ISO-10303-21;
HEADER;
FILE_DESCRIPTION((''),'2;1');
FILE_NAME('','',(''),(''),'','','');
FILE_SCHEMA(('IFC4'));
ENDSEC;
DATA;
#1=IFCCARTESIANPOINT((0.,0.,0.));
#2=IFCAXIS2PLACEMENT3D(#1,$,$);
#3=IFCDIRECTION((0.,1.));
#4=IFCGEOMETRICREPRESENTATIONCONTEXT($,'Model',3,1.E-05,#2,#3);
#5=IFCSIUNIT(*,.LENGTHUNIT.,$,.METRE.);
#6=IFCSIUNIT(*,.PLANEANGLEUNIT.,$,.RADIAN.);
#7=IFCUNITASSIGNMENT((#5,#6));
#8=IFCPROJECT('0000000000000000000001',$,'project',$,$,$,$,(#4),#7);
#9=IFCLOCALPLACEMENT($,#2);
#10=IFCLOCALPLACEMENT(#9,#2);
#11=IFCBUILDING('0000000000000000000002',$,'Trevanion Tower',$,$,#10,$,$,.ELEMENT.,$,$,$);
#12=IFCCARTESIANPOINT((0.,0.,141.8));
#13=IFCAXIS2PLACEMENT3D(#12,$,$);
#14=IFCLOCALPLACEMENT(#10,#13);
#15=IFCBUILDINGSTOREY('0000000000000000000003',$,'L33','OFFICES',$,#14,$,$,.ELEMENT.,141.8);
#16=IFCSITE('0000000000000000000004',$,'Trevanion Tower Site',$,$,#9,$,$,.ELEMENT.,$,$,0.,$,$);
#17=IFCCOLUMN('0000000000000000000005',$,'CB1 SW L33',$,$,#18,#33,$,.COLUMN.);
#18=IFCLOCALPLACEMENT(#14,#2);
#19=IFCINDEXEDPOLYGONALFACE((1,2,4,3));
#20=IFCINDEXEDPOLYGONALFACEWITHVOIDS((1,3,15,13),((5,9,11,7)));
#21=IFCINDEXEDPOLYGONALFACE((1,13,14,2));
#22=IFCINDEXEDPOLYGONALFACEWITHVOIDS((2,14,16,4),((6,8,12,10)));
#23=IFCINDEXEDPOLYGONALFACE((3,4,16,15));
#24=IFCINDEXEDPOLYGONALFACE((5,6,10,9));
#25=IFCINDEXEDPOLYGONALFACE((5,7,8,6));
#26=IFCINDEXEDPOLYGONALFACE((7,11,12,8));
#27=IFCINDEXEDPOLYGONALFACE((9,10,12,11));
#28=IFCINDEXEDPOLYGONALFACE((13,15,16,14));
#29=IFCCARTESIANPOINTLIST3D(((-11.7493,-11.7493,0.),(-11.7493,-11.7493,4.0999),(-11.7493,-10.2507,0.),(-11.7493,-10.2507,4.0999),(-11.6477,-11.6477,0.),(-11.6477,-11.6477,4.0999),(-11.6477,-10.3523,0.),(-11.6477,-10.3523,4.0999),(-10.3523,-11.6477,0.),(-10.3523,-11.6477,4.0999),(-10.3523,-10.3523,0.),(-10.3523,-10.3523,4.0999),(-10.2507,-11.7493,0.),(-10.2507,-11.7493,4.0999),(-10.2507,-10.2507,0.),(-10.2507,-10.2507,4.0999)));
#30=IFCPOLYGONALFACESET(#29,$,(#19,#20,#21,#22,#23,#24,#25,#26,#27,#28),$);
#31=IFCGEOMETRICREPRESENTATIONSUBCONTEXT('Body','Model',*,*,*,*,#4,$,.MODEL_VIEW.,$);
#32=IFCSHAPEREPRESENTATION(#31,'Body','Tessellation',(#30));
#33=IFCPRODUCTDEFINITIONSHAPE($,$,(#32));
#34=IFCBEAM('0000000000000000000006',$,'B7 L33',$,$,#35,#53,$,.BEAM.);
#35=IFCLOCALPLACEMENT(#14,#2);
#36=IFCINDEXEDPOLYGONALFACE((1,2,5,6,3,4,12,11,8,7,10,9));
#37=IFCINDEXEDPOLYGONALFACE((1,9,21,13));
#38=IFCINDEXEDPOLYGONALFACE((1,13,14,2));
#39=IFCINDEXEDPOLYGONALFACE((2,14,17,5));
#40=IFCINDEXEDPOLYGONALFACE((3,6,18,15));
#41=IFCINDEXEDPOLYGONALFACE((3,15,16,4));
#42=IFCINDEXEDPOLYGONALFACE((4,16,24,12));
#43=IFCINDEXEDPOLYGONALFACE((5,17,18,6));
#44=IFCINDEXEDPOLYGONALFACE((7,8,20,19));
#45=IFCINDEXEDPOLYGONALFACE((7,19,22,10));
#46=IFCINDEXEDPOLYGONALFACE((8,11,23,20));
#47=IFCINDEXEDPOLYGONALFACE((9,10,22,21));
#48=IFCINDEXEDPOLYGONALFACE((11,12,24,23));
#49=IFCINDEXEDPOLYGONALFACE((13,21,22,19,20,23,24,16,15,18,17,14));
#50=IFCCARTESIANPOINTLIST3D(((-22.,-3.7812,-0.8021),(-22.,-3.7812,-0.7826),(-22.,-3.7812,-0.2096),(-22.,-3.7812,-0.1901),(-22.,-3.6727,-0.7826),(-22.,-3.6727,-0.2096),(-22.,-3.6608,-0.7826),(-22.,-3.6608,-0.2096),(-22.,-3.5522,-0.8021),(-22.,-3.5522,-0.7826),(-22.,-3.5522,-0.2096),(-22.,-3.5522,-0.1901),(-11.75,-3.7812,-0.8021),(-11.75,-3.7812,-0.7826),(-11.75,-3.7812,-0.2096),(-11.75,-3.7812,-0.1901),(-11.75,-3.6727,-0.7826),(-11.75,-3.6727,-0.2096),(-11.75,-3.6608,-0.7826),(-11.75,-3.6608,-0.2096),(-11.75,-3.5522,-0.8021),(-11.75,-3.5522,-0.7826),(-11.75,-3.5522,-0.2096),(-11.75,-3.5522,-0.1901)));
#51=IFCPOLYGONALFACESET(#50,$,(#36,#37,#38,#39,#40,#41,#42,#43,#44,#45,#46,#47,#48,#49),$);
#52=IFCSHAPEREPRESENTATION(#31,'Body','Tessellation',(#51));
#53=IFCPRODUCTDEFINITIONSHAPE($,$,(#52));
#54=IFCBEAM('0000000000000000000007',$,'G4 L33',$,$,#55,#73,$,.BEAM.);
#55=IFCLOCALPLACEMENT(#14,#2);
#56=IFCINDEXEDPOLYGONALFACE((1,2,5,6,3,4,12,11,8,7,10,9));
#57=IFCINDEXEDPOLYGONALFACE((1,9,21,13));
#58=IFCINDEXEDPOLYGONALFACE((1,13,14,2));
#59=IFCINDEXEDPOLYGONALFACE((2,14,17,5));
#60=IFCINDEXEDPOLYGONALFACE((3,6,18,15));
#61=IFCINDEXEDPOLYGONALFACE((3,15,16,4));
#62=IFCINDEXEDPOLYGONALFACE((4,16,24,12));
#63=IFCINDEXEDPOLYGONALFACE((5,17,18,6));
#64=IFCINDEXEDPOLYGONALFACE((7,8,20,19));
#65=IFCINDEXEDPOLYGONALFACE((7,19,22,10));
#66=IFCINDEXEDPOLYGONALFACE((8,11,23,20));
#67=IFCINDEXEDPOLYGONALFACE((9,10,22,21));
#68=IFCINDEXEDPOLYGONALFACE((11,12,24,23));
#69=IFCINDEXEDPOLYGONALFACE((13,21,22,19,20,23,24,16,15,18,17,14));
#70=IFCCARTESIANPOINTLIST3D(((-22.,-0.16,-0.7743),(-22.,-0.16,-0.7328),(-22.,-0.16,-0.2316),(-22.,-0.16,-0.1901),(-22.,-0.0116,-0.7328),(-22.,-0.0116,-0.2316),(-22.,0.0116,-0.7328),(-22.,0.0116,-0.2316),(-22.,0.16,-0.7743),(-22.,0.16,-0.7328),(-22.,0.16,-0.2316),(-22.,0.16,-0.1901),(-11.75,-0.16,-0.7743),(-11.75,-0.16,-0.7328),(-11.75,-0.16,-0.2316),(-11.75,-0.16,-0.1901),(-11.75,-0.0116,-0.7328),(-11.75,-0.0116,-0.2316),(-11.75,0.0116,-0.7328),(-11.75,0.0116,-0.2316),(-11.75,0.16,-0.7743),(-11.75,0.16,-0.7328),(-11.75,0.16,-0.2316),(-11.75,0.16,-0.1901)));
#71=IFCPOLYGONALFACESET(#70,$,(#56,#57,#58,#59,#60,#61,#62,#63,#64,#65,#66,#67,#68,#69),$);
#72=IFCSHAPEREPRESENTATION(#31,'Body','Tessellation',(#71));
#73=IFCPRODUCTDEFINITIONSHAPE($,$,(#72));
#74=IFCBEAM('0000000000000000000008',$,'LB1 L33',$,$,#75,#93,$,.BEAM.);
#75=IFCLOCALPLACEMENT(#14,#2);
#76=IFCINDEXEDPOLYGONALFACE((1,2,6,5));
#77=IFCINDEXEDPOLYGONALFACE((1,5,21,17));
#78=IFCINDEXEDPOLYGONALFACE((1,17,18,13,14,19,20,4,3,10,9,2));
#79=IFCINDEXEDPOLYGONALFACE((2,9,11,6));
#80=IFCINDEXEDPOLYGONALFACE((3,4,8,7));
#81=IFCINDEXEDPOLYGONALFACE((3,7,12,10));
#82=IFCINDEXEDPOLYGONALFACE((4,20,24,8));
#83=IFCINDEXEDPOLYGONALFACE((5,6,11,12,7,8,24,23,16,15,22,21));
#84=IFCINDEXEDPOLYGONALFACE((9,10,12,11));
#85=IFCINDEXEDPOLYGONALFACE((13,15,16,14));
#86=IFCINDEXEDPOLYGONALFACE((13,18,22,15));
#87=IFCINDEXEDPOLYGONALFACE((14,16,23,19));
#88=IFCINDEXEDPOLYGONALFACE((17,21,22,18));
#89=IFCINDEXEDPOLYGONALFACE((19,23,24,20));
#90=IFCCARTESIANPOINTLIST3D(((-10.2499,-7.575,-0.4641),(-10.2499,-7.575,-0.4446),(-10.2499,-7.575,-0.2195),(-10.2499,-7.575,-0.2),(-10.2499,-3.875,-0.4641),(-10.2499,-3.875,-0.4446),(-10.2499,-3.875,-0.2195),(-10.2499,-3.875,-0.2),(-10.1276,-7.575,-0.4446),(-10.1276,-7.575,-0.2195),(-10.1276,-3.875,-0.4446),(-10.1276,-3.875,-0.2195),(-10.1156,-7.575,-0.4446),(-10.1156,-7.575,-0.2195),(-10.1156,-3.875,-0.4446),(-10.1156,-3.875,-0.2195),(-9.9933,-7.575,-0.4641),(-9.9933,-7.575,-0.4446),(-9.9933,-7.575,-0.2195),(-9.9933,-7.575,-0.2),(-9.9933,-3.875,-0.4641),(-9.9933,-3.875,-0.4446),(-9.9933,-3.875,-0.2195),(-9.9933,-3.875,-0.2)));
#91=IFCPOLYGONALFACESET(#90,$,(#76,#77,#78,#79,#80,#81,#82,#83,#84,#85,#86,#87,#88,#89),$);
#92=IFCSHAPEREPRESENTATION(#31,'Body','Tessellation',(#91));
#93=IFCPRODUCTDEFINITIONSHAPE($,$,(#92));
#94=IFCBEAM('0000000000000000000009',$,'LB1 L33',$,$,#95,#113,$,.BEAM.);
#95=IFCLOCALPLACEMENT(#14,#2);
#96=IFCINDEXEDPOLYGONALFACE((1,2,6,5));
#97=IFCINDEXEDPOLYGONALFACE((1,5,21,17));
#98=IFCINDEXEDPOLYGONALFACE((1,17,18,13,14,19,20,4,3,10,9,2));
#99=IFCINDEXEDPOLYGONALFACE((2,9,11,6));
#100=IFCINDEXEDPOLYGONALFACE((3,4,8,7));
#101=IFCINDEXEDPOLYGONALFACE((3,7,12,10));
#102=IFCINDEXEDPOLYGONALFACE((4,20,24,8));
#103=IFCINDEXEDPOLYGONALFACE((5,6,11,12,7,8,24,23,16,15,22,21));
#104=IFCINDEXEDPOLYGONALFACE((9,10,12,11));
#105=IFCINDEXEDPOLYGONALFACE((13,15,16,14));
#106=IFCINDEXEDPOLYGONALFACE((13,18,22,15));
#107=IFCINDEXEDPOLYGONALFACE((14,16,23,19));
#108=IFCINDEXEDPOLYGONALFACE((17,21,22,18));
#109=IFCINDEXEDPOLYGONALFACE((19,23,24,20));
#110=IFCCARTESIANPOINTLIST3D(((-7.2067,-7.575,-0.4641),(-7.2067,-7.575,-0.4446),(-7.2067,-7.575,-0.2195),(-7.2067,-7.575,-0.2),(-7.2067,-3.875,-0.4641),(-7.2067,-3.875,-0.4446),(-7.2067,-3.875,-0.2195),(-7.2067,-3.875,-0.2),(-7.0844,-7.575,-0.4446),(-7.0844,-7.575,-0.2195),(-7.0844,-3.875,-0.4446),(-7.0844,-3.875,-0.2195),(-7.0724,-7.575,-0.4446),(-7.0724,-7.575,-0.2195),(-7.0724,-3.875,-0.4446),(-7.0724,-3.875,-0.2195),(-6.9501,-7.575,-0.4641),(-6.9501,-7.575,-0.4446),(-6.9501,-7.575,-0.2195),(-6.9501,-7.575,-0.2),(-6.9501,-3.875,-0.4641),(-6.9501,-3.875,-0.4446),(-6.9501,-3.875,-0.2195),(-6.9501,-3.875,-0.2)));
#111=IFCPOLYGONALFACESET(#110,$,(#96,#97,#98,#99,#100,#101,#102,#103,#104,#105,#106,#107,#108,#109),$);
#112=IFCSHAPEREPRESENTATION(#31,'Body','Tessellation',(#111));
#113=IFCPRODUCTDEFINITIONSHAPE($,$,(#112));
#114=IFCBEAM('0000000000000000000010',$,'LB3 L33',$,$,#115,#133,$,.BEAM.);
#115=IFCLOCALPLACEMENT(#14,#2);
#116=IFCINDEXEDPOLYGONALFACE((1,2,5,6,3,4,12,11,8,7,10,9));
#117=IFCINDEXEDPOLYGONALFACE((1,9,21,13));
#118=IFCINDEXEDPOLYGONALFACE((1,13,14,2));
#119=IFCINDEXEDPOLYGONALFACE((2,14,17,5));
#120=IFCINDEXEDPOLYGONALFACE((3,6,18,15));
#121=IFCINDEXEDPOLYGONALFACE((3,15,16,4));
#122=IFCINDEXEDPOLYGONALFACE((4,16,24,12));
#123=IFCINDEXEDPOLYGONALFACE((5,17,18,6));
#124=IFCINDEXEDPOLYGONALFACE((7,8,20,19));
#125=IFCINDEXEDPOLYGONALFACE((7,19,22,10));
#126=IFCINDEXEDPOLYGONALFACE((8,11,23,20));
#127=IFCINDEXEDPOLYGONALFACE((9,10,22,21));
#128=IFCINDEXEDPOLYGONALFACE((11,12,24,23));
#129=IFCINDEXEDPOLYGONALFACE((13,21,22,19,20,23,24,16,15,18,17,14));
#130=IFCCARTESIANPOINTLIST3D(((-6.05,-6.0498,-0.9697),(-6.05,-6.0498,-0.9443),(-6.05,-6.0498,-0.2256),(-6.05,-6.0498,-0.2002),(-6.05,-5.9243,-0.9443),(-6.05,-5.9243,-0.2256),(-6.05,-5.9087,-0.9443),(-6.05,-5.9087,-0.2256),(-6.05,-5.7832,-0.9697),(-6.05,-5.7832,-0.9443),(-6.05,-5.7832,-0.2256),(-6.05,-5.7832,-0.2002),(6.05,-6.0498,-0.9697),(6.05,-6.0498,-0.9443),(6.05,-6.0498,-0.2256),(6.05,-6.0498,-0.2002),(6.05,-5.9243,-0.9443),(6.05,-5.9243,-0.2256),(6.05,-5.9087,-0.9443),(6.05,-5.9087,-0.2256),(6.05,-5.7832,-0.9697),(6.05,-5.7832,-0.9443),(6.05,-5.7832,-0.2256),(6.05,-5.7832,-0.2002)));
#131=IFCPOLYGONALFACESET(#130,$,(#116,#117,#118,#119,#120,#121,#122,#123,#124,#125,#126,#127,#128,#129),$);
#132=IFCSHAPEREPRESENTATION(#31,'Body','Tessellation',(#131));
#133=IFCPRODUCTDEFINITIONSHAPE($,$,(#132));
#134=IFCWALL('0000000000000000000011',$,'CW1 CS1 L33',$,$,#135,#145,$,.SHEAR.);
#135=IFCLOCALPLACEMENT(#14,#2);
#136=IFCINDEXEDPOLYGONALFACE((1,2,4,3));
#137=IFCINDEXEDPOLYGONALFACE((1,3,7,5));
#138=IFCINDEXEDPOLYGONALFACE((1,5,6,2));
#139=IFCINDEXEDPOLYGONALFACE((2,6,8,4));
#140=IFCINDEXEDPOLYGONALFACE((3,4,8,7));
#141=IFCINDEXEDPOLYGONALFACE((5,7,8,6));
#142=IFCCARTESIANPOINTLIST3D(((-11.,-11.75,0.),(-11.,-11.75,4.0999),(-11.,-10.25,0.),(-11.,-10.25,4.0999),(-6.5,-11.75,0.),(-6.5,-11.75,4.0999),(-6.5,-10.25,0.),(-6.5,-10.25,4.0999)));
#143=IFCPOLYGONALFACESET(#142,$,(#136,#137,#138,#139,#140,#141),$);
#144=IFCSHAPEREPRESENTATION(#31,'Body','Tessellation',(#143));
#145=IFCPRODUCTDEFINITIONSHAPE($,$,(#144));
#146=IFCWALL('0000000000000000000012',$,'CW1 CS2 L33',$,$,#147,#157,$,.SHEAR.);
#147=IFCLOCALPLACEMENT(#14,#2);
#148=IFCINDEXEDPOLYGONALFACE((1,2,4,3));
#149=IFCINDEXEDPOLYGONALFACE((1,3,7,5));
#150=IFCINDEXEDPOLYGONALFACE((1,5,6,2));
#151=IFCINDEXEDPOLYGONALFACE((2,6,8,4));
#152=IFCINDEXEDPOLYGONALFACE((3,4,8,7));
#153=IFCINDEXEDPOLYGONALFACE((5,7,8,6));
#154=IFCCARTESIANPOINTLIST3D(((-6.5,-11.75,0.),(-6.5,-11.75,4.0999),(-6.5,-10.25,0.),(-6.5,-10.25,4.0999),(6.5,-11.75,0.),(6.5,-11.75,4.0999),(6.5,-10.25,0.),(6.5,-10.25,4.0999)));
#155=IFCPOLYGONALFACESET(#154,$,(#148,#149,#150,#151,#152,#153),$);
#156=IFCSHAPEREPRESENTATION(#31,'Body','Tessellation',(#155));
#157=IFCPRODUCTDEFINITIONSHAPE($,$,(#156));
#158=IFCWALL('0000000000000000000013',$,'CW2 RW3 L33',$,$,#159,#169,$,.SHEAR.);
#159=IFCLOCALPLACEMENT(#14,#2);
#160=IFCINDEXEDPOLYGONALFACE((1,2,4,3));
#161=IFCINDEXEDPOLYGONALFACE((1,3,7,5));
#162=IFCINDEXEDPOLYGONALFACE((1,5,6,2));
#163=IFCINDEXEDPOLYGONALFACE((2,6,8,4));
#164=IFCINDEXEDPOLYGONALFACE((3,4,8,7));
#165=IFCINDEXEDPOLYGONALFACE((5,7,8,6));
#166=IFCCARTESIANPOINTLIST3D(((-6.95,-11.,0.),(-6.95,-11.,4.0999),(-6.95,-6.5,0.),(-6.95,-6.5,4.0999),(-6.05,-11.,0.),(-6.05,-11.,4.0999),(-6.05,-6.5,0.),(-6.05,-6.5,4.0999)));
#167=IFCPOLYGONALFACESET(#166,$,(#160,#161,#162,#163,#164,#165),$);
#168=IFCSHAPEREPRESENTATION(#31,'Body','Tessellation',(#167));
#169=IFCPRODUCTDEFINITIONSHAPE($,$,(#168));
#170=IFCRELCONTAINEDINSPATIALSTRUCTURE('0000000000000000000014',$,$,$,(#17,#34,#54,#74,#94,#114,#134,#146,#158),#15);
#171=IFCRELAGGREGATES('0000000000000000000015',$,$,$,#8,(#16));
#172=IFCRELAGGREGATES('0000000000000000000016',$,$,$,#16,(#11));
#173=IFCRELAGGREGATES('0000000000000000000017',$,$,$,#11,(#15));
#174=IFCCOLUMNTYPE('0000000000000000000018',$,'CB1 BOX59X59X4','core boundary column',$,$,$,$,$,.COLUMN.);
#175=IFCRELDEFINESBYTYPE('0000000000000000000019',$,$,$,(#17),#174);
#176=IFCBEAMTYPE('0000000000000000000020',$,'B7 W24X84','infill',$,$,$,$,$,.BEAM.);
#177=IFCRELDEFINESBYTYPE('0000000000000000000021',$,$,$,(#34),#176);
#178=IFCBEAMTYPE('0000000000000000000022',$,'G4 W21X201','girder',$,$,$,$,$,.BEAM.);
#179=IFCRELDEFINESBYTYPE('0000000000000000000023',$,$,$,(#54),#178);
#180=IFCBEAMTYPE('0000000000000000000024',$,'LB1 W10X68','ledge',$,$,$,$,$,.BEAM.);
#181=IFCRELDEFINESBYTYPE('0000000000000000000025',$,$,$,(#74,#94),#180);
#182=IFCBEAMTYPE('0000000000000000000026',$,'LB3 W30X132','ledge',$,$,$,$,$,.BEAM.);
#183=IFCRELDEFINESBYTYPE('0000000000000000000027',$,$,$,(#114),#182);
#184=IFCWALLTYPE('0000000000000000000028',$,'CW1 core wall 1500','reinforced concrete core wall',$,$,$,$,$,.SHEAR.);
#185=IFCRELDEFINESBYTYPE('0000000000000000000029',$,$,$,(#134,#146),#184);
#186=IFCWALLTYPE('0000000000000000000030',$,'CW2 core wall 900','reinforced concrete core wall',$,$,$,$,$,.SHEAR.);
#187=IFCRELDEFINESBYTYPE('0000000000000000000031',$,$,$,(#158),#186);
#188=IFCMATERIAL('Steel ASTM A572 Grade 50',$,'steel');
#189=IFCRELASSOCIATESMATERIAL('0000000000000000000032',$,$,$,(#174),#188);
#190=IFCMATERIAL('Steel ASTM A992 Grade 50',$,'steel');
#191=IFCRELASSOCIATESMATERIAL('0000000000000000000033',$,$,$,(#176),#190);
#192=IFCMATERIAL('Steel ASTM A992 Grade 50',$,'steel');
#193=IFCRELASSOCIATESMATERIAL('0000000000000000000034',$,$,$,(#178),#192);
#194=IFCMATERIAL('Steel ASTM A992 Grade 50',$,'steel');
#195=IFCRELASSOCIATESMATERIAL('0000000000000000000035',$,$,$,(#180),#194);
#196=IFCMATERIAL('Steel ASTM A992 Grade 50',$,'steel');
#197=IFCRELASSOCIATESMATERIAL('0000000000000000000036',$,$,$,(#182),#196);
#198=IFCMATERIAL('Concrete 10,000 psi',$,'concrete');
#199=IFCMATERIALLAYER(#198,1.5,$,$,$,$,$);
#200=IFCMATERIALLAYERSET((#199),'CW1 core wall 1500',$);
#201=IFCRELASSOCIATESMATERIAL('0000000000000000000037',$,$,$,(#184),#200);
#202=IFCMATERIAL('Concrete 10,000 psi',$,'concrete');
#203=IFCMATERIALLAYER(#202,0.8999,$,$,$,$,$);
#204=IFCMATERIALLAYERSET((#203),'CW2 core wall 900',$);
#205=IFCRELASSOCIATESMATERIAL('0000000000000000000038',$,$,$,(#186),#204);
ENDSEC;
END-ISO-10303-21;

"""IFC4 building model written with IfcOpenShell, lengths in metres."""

from ifc_helpers import new_model, si_unit, direction, frame, frame_2d, origin, origin_2d, place, context, subcontext, project, spatial, rectangle, hollow_rectangle, i_section, extrude, material, layer, layer_set, material_profile, profile_set, type_object, element, save


model = new_model("IFC4")

# Units and contexts
model_context = context("Model", 3, precision=1e-05, world=origin(), true_north=direction((0.0, 1.0)))
body_context = subcontext(model_context, "Body", "Model", "MODEL_VIEW")
ifc_project = project(units=[si_unit("LENGTHUNIT", "METRE"), si_unit("PLANEANGLEUNIT", "RADIAN")], contexts=[model_context])

# Site, building, storey
site_placement = place(None, origin())
site = spatial("IfcSite", under=ifc_project, at=site_placement, Name="Trevanion Tower Site", CompositionType="ELEMENT", RefElevation=0.0)
building_placement = place(site_placement, origin())
building = spatial("IfcBuilding", under=site, at=building_placement, Name="Trevanion Tower", CompositionType="ELEMENT")
storey_placement = place(building_placement, frame((0.0, 0.0, 141.8)))
storey = spatial("IfcBuildingStorey", under=building, at=storey_placement, Name="L33", Description="OFFICES", CompositionType="ELEMENT", Elevation=141.8)

# Column
ifc_material_1 = material(Name="Steel ASTM A572 Grade 50", Category="steel")
ifc_material_profile_1 = material_profile(ifc_material_1, hollow_rectangle(XDim=1.4985, YDim=1.4985, WallThickness=0.1016, at=origin_2d()), Name="BOX59X59X4")
ifc_profile_set_1 = profile_set([ifc_material_profile_1], Name="Steel ASTM A572 Grade 50")
column_type = type_object("IfcColumnType", Name="CB1 BOX59X59X4", Description="core boundary column", PredefinedType="COLUMN", material=ifc_profile_set_1)
column_placement = place(storey_placement, frame((-11.0, -11.0, 0.0), z_axis=(0.0, 0.0, 1.0), x_axis=(1.0, 0.0, 0.0)))
element("IfcColumn", 1, at=column_placement, inside=storey, type_object=column_type, Name="CB1 SW L33", PredefinedType="COLUMN", context=body_context, shape_type="SweptSolid", body=[
    extrude(hollow_rectangle(XDim=1.4985, YDim=1.4985, WallThickness=0.1016, at=origin_2d()), origin(), (0.0, 0.0, 1.0), 4.0999),
])

# Beams
ifc_material_2 = material(Name="Steel ASTM A992 Grade 50", Category="steel")
ifc_material_profile_2 = material_profile(ifc_material_2, i_section(OverallWidth=0.229, OverallDepth=0.6121, WebThickness=0.012, FlangeThickness=0.0195, at=origin_2d()), Name="W24X84")
ifc_profile_set_2 = profile_set([ifc_material_profile_2], Name="Steel ASTM A992 Grade 50")
beam_type_1 = type_object("IfcBeamType", Name="B7 W24X84", Description="infill", PredefinedType="BEAM", material=ifc_profile_set_2)
beam_1_placement = place(storey_placement, frame((-11.75, -3.6667, -0.4961), z_axis=(-1.0, 0.0, 0.0), x_axis=(0.0, -1.0, 0.0)))
element("IfcBeam", 2, at=beam_1_placement, inside=storey, type_object=beam_type_1, Name="B7 L33", PredefinedType="BEAM", context=body_context, shape_type="SweptSolid", body=[
    extrude(i_section(OverallWidth=0.229, OverallDepth=0.6121, WebThickness=0.012, FlangeThickness=0.0195, at=origin_2d()), origin(), (0.0, 0.0, 1.0), 10.25),
])
ifc_material_3 = material(Name="Steel ASTM A992 Grade 50", Category="steel")
ifc_material_profile_3 = material_profile(ifc_material_3, i_section(OverallWidth=0.3201, OverallDepth=0.5842, WebThickness=0.0232, FlangeThickness=0.0415, at=origin_2d()), Name="W21X201")
ifc_profile_set_3 = profile_set([ifc_material_profile_3], Name="Steel ASTM A992 Grade 50")
beam_type_2 = type_object("IfcBeamType", Name="G4 W21X201", Description="girder", PredefinedType="BEAM", material=ifc_profile_set_3)
beam_2_placement = place(storey_placement, frame((-11.75, 0.0, -0.4822), z_axis=(-1.0, 0.0, 0.0), x_axis=(0.0, -1.0, 0.0)))
element("IfcBeam", 3, at=beam_2_placement, inside=storey, type_object=beam_type_2, Name="G4 L33", PredefinedType="BEAM", context=body_context, shape_type="SweptSolid", body=[
    extrude(i_section(OverallWidth=0.3201, OverallDepth=0.5842, WebThickness=0.0232, FlangeThickness=0.0415, at=origin_2d()), origin(), (0.0, 0.0, 1.0), 10.25),
])
ifc_material_4 = material(Name="Steel ASTM A992 Grade 50", Category="steel")
ifc_material_profile_4 = material_profile(ifc_material_4, i_section(OverallWidth=0.2566, OverallDepth=0.2642, WebThickness=0.012, FlangeThickness=0.0195, at=origin_2d()), Name="W10X68")
ifc_profile_set_4 = profile_set([ifc_material_profile_4], Name="Steel ASTM A992 Grade 50")
beam_type_3 = type_object("IfcBeamType", Name="LB1 W10X68", Description="ledge", PredefinedType="BEAM", material=ifc_profile_set_4)
for number, where, z_axis, x_axis, name in (
    (4, (-10.1216, -7.575, -0.332), (0.0, 1.0, 0.0), (-1.0, 0.0, 0.0), "LB1 L33"),
    (5, (-7.0784, -7.575, -0.332), (0.0, 1.0, 0.0), (-1.0, 0.0, 0.0), "LB1 L33"),
):
    element("IfcBeam", number, at=place(storey_placement, frame(where, z_axis=z_axis, x_axis=x_axis)), inside=storey, type_object=beam_type_3, Name=name, PredefinedType="BEAM", context=body_context, shape_type="SweptSolid", body=[
        extrude(i_section(OverallWidth=0.2566, OverallDepth=0.2642, WebThickness=0.012, FlangeThickness=0.0195, at=origin_2d()), origin(), (0.0, 0.0, 1.0), 3.7),
    ])
ifc_material_5 = material(Name="Steel ASTM A992 Grade 50", Category="steel")
ifc_material_profile_5 = material_profile(ifc_material_5, i_section(OverallWidth=0.2666, OverallDepth=0.7695, WebThickness=0.0156, FlangeThickness=0.0254, at=origin_2d()), Name="W30X132")
ifc_profile_set_5 = profile_set([ifc_material_profile_5], Name="Steel ASTM A992 Grade 50")
beam_type_4 = type_object("IfcBeamType", Name="LB3 W30X132", Description="ledge", PredefinedType="BEAM", material=ifc_profile_set_5)
beam_3_placement = place(storey_placement, frame((-6.05, -5.9165, -0.585), z_axis=(1.0, 0.0, 0.0), x_axis=(0.0, 1.0, 0.0)))
element("IfcBeam", 6, at=beam_3_placement, inside=storey, type_object=beam_type_4, Name="LB3 L33", PredefinedType="BEAM", context=body_context, shape_type="SweptSolid", body=[
    extrude(i_section(OverallWidth=0.2666, OverallDepth=0.7695, WebThickness=0.0156, FlangeThickness=0.0254, at=origin_2d()), origin(), (0.0, 0.0, 1.0), 12.1001),
])

# Walls
ifc_material_6 = material(Name="Concrete 10,000 psi", Category="concrete")
ifc_layer_1 = layer(ifc_material_6, 1.5)
ifc_layer_set_1 = layer_set([ifc_layer_1], Name="CW1 core wall 1500")
wall_type_1 = type_object("IfcWallType", Name="CW1 core wall 1500", Description="reinforced concrete core wall", PredefinedType="SHEAR", material=ifc_layer_set_1)
wall_1_placement = place(storey_placement, frame((-11.0, -11.0, 0.0), z_axis=(0.0, 0.0, 1.0), x_axis=(1.0, 0.0, 0.0)))
element("IfcWall", 7, at=wall_1_placement, inside=storey, type_object=wall_type_1, Name="CW1 CS1 L33", PredefinedType="SHEAR", context=body_context, shape_type="SweptSolid", body=[
    extrude(rectangle(XDim=4.5, YDim=1.5, at=frame_2d((2.25, 0.0))), origin(), (0.0, 0.0, 1.0), 4.0999),
])
wall_2_placement = place(storey_placement, frame((-6.5, -11.0, 0.0), z_axis=(0.0, 0.0, 1.0), x_axis=(1.0, 0.0, 0.0)))
element("IfcWall", 8, at=wall_2_placement, inside=storey, type_object=wall_type_1, Name="CW1 CS2 L33", PredefinedType="SHEAR", context=body_context, shape_type="SweptSolid", body=[
    extrude(rectangle(XDim=13.0, YDim=1.5, at=frame_2d((6.5, 0.0))), origin(), (0.0, 0.0, 1.0), 4.0999),
])
ifc_material_7 = material(Name="Concrete 10,000 psi", Category="concrete")
ifc_layer_2 = layer(ifc_material_7, 0.8999)
ifc_layer_set_2 = layer_set([ifc_layer_2], Name="CW2 core wall 900")
wall_type_2 = type_object("IfcWallType", Name="CW2 core wall 900", Description="reinforced concrete core wall", PredefinedType="SHEAR", material=ifc_layer_set_2)
wall_3_placement = place(storey_placement, frame((-6.5, -6.5, 0.0), z_axis=(0.0, 0.0, 1.0), x_axis=(0.0, -1.0, 0.0)))
element("IfcWall", 9, at=wall_3_placement, inside=storey, type_object=wall_type_2, Name="CW2 RW3 L33", PredefinedType="SHEAR", context=body_context, shape_type="SweptSolid", body=[
    extrude(rectangle(XDim=4.5, YDim=0.8999, at=frame_2d((2.25, 0.0))), origin(), (0.0, 0.0, 1.0), 4.0999),
])

save(model, "model.ifc")
